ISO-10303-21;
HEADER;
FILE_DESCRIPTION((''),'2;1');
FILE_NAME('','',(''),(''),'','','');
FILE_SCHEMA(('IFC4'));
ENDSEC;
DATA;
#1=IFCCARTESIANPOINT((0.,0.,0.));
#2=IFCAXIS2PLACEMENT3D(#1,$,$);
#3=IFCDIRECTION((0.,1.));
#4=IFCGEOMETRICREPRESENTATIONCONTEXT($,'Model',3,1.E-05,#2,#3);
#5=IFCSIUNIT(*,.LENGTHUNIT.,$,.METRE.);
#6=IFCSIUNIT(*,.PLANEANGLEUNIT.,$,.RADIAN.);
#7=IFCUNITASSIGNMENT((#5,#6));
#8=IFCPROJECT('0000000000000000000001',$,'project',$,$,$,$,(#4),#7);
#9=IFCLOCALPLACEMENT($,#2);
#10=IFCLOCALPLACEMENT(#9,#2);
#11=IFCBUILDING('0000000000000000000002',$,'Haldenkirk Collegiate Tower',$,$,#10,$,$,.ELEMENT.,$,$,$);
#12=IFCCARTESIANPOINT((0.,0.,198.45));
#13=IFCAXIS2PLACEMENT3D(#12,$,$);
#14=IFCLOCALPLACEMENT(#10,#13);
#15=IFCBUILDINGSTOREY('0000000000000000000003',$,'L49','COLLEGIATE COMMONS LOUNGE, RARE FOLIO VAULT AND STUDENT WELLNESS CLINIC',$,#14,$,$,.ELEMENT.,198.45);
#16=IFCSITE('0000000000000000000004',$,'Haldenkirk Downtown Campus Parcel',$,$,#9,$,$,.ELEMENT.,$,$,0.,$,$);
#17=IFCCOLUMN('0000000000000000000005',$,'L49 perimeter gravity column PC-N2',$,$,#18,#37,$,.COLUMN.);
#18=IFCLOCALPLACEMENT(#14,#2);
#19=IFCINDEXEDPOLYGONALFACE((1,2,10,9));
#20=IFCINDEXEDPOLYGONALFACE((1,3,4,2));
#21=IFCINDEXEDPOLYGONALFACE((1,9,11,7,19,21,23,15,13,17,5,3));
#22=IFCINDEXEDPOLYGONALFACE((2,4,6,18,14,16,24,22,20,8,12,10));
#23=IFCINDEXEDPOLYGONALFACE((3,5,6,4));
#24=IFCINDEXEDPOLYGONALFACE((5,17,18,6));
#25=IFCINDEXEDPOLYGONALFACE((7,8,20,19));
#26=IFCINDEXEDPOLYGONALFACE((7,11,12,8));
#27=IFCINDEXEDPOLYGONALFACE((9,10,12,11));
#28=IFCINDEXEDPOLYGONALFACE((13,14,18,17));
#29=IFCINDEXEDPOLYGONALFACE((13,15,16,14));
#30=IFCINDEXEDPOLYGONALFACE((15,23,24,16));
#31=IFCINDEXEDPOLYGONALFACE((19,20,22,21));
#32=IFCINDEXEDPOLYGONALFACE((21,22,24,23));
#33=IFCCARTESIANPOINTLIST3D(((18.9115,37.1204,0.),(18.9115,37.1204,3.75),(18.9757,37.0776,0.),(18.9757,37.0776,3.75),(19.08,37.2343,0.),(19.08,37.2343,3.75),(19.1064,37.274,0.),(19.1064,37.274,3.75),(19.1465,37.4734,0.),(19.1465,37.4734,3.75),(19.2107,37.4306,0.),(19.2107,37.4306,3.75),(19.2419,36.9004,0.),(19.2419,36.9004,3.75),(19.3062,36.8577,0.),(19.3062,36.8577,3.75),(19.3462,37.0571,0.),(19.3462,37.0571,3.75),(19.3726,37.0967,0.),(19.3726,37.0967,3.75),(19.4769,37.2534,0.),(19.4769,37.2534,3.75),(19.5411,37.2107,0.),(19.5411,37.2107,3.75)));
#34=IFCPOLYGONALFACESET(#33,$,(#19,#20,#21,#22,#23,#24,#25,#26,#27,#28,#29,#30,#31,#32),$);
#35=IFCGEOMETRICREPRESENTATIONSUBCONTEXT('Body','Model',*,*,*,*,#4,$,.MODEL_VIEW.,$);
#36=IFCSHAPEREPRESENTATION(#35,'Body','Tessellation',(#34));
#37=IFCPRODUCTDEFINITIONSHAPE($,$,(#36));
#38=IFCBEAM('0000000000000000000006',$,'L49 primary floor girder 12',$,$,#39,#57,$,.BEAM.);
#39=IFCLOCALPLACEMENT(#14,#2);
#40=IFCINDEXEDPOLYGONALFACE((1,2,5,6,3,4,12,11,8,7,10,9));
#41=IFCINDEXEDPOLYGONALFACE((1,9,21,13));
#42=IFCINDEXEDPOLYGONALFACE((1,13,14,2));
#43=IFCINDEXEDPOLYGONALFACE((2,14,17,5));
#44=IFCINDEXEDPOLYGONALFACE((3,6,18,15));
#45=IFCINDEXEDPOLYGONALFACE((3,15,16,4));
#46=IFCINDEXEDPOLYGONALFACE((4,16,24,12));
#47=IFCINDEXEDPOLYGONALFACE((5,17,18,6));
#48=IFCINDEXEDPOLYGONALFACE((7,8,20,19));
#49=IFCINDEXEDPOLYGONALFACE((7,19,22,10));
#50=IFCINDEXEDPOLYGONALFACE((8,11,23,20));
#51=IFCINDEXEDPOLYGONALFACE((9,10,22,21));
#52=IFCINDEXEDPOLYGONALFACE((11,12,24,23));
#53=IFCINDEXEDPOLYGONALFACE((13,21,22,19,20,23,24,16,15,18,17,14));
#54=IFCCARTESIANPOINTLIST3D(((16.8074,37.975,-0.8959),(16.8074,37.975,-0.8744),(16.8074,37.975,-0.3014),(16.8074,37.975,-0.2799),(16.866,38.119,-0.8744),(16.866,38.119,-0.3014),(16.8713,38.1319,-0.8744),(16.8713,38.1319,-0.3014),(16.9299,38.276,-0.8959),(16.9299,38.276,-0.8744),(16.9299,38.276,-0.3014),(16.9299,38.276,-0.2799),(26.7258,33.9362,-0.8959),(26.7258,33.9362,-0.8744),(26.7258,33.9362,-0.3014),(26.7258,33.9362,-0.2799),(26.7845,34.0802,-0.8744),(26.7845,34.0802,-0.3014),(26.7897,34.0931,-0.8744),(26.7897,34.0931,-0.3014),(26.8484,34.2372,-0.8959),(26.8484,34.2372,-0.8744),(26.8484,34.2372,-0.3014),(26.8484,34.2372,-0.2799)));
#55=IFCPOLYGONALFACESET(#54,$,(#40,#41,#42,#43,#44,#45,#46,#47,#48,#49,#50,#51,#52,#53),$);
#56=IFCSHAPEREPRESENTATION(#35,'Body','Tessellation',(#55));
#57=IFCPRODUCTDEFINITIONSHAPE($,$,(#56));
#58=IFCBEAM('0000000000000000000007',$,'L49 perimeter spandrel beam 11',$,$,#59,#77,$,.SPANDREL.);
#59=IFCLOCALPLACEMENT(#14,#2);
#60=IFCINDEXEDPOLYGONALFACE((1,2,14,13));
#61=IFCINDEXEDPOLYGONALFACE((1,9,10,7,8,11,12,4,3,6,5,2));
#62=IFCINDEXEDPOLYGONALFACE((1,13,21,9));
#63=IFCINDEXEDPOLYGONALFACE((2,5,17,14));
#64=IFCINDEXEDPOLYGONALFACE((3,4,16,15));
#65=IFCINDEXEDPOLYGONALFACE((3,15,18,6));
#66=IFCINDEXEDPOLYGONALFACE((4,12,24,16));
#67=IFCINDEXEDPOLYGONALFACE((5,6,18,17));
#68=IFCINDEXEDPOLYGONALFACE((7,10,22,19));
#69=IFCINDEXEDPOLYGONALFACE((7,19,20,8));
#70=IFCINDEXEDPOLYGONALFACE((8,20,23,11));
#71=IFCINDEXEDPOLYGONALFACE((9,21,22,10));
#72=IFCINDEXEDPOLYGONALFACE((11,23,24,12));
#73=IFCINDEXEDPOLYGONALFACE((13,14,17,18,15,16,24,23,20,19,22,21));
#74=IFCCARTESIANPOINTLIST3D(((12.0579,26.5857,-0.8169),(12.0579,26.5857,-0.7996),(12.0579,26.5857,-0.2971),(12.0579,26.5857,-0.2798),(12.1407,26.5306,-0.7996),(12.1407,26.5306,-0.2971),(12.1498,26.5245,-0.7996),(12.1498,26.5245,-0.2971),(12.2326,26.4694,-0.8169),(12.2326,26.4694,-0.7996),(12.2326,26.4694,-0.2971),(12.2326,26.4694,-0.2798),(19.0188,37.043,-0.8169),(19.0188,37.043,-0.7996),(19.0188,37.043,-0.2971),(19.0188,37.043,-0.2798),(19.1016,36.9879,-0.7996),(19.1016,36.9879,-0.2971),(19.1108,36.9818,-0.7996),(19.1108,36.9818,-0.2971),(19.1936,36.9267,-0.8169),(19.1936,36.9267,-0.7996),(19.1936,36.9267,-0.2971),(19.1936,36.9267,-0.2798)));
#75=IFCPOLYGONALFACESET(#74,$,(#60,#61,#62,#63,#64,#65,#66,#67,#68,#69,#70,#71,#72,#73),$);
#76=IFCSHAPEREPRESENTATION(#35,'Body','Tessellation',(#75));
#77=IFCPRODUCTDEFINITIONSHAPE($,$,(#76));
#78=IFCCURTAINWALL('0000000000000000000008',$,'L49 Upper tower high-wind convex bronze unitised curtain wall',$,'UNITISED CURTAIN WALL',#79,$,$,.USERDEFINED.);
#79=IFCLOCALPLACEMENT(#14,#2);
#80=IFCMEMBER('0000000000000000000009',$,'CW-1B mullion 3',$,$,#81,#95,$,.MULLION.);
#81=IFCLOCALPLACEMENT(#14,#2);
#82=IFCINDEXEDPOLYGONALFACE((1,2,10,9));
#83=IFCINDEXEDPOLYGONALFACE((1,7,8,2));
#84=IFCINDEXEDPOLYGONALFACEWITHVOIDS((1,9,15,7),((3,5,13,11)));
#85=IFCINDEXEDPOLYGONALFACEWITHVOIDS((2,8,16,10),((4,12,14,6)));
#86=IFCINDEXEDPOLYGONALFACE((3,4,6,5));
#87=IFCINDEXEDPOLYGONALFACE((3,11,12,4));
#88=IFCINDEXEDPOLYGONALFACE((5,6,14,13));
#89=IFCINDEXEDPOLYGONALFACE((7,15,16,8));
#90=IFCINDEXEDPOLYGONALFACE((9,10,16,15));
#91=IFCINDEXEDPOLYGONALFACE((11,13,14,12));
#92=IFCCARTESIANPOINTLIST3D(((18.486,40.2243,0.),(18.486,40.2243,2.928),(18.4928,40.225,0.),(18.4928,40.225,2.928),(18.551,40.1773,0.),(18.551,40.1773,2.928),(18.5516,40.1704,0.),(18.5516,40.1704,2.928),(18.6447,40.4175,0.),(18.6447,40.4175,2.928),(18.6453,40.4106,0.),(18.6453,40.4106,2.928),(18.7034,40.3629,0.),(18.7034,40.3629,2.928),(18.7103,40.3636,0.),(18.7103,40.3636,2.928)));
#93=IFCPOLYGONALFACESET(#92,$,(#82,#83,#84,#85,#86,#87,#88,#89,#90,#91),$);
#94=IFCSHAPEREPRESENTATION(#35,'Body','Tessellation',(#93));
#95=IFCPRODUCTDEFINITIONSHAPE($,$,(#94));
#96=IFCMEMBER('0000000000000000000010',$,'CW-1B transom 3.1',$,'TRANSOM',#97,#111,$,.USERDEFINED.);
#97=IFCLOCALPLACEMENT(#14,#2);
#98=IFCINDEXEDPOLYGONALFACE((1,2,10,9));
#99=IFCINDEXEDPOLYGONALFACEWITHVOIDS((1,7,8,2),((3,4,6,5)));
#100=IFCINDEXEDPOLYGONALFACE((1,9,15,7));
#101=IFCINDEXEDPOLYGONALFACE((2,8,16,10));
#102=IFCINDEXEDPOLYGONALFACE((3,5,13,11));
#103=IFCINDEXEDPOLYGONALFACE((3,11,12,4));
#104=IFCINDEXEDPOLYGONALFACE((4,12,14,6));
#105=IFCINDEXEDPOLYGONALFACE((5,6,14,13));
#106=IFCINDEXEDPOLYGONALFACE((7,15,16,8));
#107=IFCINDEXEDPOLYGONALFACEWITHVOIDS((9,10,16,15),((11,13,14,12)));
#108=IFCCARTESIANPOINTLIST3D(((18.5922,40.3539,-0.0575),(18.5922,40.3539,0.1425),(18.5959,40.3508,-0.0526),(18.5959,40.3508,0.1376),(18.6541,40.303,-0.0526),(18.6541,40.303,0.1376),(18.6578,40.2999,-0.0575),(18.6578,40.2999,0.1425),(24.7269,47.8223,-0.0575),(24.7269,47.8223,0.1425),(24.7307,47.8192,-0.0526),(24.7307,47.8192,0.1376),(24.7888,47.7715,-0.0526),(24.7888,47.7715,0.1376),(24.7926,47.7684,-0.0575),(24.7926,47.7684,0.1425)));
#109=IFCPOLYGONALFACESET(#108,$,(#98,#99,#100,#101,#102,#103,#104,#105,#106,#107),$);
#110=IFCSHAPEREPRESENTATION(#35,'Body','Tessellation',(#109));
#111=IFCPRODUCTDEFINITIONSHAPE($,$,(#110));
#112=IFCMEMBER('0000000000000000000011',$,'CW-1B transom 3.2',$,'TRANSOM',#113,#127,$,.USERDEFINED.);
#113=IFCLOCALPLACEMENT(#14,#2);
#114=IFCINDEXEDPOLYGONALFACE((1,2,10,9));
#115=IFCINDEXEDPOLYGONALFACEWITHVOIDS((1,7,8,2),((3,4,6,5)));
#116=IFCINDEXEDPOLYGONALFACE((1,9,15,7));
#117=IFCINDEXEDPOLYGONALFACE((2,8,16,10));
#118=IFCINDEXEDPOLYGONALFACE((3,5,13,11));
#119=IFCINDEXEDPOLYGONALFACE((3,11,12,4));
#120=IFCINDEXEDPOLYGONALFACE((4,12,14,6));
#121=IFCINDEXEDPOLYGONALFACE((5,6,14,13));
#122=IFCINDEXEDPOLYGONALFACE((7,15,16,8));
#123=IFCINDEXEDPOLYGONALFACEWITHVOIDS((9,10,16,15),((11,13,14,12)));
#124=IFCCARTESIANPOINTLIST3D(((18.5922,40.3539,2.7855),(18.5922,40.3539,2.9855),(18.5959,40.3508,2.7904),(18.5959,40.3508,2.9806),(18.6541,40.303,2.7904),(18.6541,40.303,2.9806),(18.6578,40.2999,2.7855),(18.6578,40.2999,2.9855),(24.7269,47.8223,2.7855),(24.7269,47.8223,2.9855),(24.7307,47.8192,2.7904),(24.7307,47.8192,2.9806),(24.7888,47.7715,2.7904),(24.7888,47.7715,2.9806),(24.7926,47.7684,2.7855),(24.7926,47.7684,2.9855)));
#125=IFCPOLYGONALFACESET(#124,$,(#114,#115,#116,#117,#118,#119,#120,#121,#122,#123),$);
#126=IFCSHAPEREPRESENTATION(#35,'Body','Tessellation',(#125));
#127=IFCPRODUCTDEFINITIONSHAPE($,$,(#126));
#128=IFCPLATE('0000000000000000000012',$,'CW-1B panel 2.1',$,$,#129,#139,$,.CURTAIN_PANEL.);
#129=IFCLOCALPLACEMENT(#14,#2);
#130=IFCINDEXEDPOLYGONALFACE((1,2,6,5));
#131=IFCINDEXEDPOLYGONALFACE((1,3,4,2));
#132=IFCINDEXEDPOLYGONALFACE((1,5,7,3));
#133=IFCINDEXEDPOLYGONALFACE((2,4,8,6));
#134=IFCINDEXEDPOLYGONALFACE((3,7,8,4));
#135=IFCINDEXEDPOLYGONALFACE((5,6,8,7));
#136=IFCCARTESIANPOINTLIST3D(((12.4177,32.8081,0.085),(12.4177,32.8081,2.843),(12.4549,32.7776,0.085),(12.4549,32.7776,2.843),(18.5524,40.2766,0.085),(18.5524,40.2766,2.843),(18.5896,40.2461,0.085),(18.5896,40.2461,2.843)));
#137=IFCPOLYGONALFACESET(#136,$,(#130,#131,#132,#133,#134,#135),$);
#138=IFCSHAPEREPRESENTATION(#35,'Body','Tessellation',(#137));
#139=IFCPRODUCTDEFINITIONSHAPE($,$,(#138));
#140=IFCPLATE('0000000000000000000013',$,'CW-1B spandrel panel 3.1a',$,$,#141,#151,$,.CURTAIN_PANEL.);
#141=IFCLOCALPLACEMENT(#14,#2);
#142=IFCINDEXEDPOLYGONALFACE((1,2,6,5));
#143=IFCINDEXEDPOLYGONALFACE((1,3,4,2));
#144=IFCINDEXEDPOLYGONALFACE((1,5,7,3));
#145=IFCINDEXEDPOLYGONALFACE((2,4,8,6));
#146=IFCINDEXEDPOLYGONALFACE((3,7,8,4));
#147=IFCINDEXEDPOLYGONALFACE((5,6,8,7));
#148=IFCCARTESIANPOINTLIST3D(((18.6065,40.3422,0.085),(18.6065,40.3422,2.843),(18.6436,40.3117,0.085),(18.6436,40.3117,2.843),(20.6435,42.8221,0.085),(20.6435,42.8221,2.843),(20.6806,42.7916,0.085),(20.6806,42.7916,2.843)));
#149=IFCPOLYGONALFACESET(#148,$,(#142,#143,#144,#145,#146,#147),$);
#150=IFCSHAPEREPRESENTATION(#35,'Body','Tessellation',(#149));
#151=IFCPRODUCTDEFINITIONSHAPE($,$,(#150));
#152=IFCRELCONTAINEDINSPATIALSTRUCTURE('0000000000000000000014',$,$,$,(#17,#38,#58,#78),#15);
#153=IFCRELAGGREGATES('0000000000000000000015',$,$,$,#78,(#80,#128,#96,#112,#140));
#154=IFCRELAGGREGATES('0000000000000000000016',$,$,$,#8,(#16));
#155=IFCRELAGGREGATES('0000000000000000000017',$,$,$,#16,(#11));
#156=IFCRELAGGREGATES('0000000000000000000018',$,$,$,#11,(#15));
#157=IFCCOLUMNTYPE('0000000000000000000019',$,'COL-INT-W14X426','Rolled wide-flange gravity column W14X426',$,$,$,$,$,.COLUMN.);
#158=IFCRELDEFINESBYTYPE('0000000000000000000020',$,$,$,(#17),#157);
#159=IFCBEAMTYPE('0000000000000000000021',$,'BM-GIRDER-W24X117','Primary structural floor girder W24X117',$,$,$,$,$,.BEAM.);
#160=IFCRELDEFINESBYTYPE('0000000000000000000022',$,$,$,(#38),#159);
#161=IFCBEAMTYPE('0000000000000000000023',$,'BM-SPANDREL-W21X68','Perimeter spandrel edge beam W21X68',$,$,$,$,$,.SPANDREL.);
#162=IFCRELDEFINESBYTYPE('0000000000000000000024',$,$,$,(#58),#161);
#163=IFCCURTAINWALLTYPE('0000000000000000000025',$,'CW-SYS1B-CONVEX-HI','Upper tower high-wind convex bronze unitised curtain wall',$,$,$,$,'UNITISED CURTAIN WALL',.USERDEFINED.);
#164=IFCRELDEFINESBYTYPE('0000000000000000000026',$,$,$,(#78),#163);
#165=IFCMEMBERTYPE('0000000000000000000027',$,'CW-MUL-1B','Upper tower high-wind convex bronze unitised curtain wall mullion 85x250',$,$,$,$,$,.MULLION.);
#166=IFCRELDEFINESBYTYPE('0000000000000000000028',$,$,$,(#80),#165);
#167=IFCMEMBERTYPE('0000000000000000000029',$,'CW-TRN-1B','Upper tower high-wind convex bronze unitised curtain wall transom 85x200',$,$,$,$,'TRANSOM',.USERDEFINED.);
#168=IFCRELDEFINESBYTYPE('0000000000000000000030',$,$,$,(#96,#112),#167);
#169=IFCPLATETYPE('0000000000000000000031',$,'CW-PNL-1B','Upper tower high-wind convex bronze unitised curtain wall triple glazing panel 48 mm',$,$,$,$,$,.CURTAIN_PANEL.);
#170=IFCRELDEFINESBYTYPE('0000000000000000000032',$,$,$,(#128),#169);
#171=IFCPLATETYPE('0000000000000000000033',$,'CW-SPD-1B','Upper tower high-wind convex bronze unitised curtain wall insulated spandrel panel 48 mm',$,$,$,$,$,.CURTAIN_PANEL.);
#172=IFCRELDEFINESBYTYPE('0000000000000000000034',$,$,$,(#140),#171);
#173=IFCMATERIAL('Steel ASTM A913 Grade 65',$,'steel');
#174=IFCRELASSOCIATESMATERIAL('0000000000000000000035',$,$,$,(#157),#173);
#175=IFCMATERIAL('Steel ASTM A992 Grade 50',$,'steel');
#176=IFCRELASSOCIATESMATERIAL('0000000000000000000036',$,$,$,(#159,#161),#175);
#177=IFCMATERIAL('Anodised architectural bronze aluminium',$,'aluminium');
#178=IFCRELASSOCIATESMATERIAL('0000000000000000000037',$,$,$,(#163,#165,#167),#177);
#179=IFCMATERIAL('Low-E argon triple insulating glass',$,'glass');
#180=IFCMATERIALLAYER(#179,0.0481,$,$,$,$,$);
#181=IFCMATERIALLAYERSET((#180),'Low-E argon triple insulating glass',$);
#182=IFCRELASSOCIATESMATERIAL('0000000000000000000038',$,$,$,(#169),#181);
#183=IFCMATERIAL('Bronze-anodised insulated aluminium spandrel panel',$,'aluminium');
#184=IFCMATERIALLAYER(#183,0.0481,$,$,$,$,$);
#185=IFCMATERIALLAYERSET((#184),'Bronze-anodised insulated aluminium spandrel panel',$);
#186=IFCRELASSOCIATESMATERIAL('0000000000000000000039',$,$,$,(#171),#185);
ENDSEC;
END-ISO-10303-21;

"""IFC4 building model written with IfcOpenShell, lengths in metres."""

from ifc_helpers import new_model, si_unit, direction, frame, origin, origin_2d, place, context, subcontext, project, spatial, rectangle, hollow_rectangle, i_section, extrude, source, transform, mapped, material, layer, layer_set, material_profile, profile_set, type_object, element, aggregate, save


model = new_model("IFC4")

# Units and contexts
model_context = context("Model", 3, precision=1e-05, world=origin(), true_north=direction((0.0, 1.0)))
body_context = subcontext(model_context, "Body", "Model", "MODEL_VIEW")
ifc_project = project(units=[si_unit("LENGTHUNIT", "METRE"), si_unit("PLANEANGLEUNIT", "RADIAN")], contexts=[model_context])

# Site, building, storey
site_placement = place(None, origin())
site = spatial("IfcSite", under=ifc_project, at=site_placement, Name="Haldenkirk Downtown Campus Parcel", CompositionType="ELEMENT", RefElevation=0.0)
building_placement = place(site_placement, origin())
building = spatial("IfcBuilding", under=site, at=building_placement, Name="Haldenkirk Collegiate Tower", CompositionType="ELEMENT")
storey_placement = place(building_placement, frame((0.0, 0.0, 198.45)))
storey = spatial("IfcBuildingStorey", under=building, at=storey_placement, Name="L49", Description="COLLEGIATE COMMONS LOUNGE, RARE FOLIO VAULT AND STUDENT WELLNESS CLINIC", CompositionType="ELEMENT", Elevation=198.45)

# Column
ifc_material_1 = material(Name="Steel ASTM A913 Grade 65", Category="steel")
ifc_material_profile_1 = material_profile(ifc_material_1, i_section(OverallWidth=0.4241, OverallDepth=0.4741, WebThickness=0.0476, FlangeThickness=0.0771, at=origin_2d()), Name="W14X426")
ifc_profile_set_1 = profile_set([ifc_material_profile_1], Name="Steel ASTM A913 Grade 65")
column_type = type_object("IfcColumnType", Name="COL-INT-W14X426", Description="Rolled wide-flange gravity column W14X426", PredefinedType="COLUMN", material=ifc_profile_set_1)
column_placement = place(storey_placement, frame((19.2263, 37.1655, 0.0), z_axis=(0.0, 0.0, 1.0), x_axis=(0.554118, 0.832438, 0.0)))
element("IfcColumn", 1, at=column_placement, inside=storey, type_object=column_type, Name="L49 perimeter gravity column PC-N2", PredefinedType="COLUMN", context=body_context, shape_type="SweptSolid", body=[
    extrude(i_section(OverallWidth=0.4241, OverallDepth=0.4741, WebThickness=0.0476, FlangeThickness=0.0771, at=origin_2d()), origin(), (0.0, 0.0, 1.0), 3.75),
])

# Beams
ifc_material_2 = material(Name="Steel ASTM A992 Grade 50", Category="steel")
ifc_material_profile_2 = material_profile(ifc_material_2, i_section(OverallWidth=0.325, OverallDepth=0.616, WebThickness=0.0139, FlangeThickness=0.0215, at=origin_2d()), Name="W24X117")
ifc_profile_set_2 = profile_set([ifc_material_profile_2], Name="Steel ASTM A992 Grade 50")
beam_type_1 = type_object("IfcBeamType", Name="BM-GIRDER-W24X117", Description="Primary structural floor girder W24X117", PredefinedType="BEAM", material=ifc_profile_set_2)
beam_1_placement = place(storey_placement, frame((16.8687, 38.1255, -0.5879), z_axis=(0.926159, -0.377134, 0.0), x_axis=(0.377134, 0.926159, 0.0)))
element("IfcBeam", 2, at=beam_1_placement, inside=storey, type_object=beam_type_1, Name="L49 primary floor girder 12", PredefinedType="BEAM", context=body_context, shape_type="SweptSolid", body=[
    extrude(i_section(OverallWidth=0.325, OverallDepth=0.616, WebThickness=0.0139, FlangeThickness=0.0215, at=origin_2d()), origin(), (0.0, 0.0, 1.0), 10.7092),
])
ifc_material_profile_3 = material_profile(ifc_material_2, i_section(OverallWidth=0.21, OverallDepth=0.5371, WebThickness=0.011, FlangeThickness=0.0173, at=origin_2d()), Name="W21X68")
ifc_profile_set_3 = profile_set([ifc_material_profile_3], Name="Steel ASTM A992 Grade 50")
beam_type_2 = type_object("IfcBeamType", Name="BM-SPANDREL-W21X68", Description="Perimeter spandrel edge beam W21X68", PredefinedType="SPANDREL", material=ifc_profile_set_3)
beam_2_placement = place(storey_placement, frame((19.1062, 36.9849, -0.5483), z_axis=(-0.554117, -0.832439, 0.0), x_axis=(0.832439, -0.554117, 0.0)))
element("IfcBeam", 3, at=beam_2_placement, inside=storey, type_object=beam_type_2, Name="L49 perimeter spandrel beam 11", PredefinedType="SPANDREL", context=body_context, shape_type="SweptSolid", body=[
    extrude(i_section(OverallWidth=0.21, OverallDepth=0.5371, WebThickness=0.011, FlangeThickness=0.0173, at=origin_2d()), origin(), (0.0, 0.0, 1.0), 12.5623),
])

# Curtain wall, members, plates
ifc_material_3 = material(Name="Anodised architectural bronze aluminium", Category="aluminium")
curtain_wall_type = type_object("IfcCurtainWallType", Name="CW-SYS1B-CONVEX-HI", Description="Upper tower high-wind convex bronze unitised curtain wall", ElementType="UNITISED CURTAIN WALL", PredefinedType="USERDEFINED", material=ifc_material_3)
curtain_wall_placement = place(storey_placement, origin())
curtain_wall = element("IfcCurtainWall", 4, at=curtain_wall_placement, inside=storey, type_object=curtain_wall_type, Name="L49 Upper tower high-wind convex bronze unitised curtain wall", ObjectType="UNITISED CURTAIN WALL", PredefinedType="USERDEFINED")
ifc_material_profile_4 = material_profile(ifc_material_3, hollow_rectangle(XDim=0.085, YDim=0.25, WallThickness=0.0049, at=origin_2d()), Name="CW-MUL-1B")
ifc_profile_set_4 = profile_set([ifc_material_profile_4], Name="Anodised architectural bronze aluminium")
member_type_1 = type_object("IfcMemberType", Name="CW-MUL-1B", Description="Upper tower high-wind convex bronze unitised curtain wall mullion 85x250", PredefinedType="MULLION", material=ifc_profile_set_4)
member_1_placement = place(storey_placement, frame((18.5981, 40.2939, 0.0), z_axis=(0.0, 0.0, 1.0), x_axis=(-0.772732, 0.634732, 0.0)))
member_1 = element("IfcMember", 5, at=member_1_placement, type_object=member_type_1, Name="CW-1B mullion 3", PredefinedType="MULLION", context=body_context, shape_type="SweptSolid", body=[
    extrude(hollow_rectangle(XDim=0.085, YDim=0.25, WallThickness=0.0049, at=origin_2d()), origin(), (0.0, 0.0, 1.0), 2.928),
])
ifc_material_profile_5 = material_profile(ifc_material_3, hollow_rectangle(XDim=0.085, YDim=0.2, WallThickness=0.0049, at=origin_2d()), Name="CW-TRN-1B")
ifc_profile_set_5 = profile_set([ifc_material_profile_5], Name="Anodised architectural bronze aluminium")
member_type_2 = type_object("IfcMemberType", Name="CW-TRN-1B", Description="Upper tower high-wind convex bronze unitised curtain wall transom 85x200", ElementType="TRANSOM", PredefinedType="USERDEFINED", material=ifc_profile_set_5)
member_2_placement = place(storey_placement, frame((18.625, 40.3269, 0.0425), z_axis=(0.634735, 0.77273, 0.0), x_axis=(-0.77273, 0.634735, 0.0)))
member_2 = element("IfcMember", 6, at=member_2_placement, type_object=member_type_2, Name="CW-1B transom 3.1", ObjectType="TRANSOM", PredefinedType="USERDEFINED", context=body_context, shape_type="SweptSolid", body=[
    extrude(hollow_rectangle(XDim=0.085, YDim=0.2, WallThickness=0.0049, at=origin_2d()), origin(), (0.0, 0.0, 1.0), 9.665),
])
member_3_placement = place(storey_placement, frame((18.625, 40.3269, 2.8855), z_axis=(0.634735, 0.77273, 0.0), x_axis=(-0.77273, 0.634735, 0.0)))
member_3 = element("IfcMember", 7, at=member_3_placement, type_object=member_type_2, Name="CW-1B transom 3.2", ObjectType="TRANSOM", PredefinedType="USERDEFINED", context=body_context, shape_type="SweptSolid", body=[
    extrude(hollow_rectangle(XDim=0.085, YDim=0.2, WallThickness=0.0049, at=origin_2d()), origin(), (0.0, 0.0, 1.0), 9.665),
])
ifc_material_4 = material(Name="Low-E argon triple insulating glass", Category="glass")
ifc_layer_1 = layer(ifc_material_4, 0.0481)
ifc_layer_set_1 = layer_set([ifc_layer_1], Name="Low-E argon triple insulating glass")
plate_type_1 = type_object("IfcPlateType", Name="CW-PNL-1B", Description="Upper tower high-wind convex bronze unitised curtain wall triple glazing panel 48 mm", PredefinedType="CURTAIN_PANEL", material=ifc_layer_set_1)
shared_shape_1 = source(origin(), body_context, "Body", "SweptSolid", [
    extrude(rectangle(XDim=9.665, YDim=0.0481, at=origin_2d()), origin(), (0.0, 0.0, 1.0), 2.7581),
])
plate_1_placement = place(storey_placement, frame((15.5037, 36.5271, 0.085), z_axis=(0.0, 0.0, 1.0), x_axis=(0.634732, 0.772732, 0.0)))
plate_1 = element("IfcPlate", 8, at=plate_1_placement, type_object=plate_type_1, Name="CW-1B panel 2.1", PredefinedType="CURTAIN_PANEL", context=body_context, shape_type="MappedRepresentation", body=[
    mapped(shared_shape_1, transform((0.0, 0.0, 0.0), x_axis=(1.0, 0.0, 0.0), y_axis=(0.0, 1.0, 0.0), z_axis=(0.0, 0.0, 1.0), scale=1.0)),
])
ifc_material_5 = material(Name="Bronze-anodised insulated aluminium spandrel panel", Category="aluminium")
ifc_layer_2 = layer(ifc_material_5, 0.0481)
ifc_layer_set_2 = layer_set([ifc_layer_2], Name="Bronze-anodised insulated aluminium spandrel panel")
plate_type_2 = type_object("IfcPlateType", Name="CW-SPD-1B", Description="Upper tower high-wind convex bronze unitised curtain wall insulated spandrel panel 48 mm", PredefinedType="CURTAIN_PANEL", material=ifc_layer_set_2)
shared_shape_2 = source(origin(), body_context, "Body", "SweptSolid", [
    extrude(rectangle(XDim=3.2092, YDim=0.0481, at=origin_2d()), origin(), (0.0, 0.0, 1.0), 2.7581),
])
plate_2_placement = place(storey_placement, frame((19.6436, 41.5669, 0.085), z_axis=(0.0, 0.0, 1.0), x_axis=(0.634732, 0.772732, 0.0)))
plate_2 = element("IfcPlate", 9, at=plate_2_placement, type_object=plate_type_2, Name="CW-1B spandrel panel 3.1a", PredefinedType="CURTAIN_PANEL", context=body_context, shape_type="MappedRepresentation", body=[
    mapped(shared_shape_2, transform((0.0, 0.0, 0.0), x_axis=(1.0, 0.0, 0.0), y_axis=(0.0, 1.0, 0.0), z_axis=(0.0, 0.0, 1.0), scale=1.0)),
])
aggregate(curtain_wall, [member_1, plate_1, member_2, member_3, plate_2])

save(model, "model.ifc")
